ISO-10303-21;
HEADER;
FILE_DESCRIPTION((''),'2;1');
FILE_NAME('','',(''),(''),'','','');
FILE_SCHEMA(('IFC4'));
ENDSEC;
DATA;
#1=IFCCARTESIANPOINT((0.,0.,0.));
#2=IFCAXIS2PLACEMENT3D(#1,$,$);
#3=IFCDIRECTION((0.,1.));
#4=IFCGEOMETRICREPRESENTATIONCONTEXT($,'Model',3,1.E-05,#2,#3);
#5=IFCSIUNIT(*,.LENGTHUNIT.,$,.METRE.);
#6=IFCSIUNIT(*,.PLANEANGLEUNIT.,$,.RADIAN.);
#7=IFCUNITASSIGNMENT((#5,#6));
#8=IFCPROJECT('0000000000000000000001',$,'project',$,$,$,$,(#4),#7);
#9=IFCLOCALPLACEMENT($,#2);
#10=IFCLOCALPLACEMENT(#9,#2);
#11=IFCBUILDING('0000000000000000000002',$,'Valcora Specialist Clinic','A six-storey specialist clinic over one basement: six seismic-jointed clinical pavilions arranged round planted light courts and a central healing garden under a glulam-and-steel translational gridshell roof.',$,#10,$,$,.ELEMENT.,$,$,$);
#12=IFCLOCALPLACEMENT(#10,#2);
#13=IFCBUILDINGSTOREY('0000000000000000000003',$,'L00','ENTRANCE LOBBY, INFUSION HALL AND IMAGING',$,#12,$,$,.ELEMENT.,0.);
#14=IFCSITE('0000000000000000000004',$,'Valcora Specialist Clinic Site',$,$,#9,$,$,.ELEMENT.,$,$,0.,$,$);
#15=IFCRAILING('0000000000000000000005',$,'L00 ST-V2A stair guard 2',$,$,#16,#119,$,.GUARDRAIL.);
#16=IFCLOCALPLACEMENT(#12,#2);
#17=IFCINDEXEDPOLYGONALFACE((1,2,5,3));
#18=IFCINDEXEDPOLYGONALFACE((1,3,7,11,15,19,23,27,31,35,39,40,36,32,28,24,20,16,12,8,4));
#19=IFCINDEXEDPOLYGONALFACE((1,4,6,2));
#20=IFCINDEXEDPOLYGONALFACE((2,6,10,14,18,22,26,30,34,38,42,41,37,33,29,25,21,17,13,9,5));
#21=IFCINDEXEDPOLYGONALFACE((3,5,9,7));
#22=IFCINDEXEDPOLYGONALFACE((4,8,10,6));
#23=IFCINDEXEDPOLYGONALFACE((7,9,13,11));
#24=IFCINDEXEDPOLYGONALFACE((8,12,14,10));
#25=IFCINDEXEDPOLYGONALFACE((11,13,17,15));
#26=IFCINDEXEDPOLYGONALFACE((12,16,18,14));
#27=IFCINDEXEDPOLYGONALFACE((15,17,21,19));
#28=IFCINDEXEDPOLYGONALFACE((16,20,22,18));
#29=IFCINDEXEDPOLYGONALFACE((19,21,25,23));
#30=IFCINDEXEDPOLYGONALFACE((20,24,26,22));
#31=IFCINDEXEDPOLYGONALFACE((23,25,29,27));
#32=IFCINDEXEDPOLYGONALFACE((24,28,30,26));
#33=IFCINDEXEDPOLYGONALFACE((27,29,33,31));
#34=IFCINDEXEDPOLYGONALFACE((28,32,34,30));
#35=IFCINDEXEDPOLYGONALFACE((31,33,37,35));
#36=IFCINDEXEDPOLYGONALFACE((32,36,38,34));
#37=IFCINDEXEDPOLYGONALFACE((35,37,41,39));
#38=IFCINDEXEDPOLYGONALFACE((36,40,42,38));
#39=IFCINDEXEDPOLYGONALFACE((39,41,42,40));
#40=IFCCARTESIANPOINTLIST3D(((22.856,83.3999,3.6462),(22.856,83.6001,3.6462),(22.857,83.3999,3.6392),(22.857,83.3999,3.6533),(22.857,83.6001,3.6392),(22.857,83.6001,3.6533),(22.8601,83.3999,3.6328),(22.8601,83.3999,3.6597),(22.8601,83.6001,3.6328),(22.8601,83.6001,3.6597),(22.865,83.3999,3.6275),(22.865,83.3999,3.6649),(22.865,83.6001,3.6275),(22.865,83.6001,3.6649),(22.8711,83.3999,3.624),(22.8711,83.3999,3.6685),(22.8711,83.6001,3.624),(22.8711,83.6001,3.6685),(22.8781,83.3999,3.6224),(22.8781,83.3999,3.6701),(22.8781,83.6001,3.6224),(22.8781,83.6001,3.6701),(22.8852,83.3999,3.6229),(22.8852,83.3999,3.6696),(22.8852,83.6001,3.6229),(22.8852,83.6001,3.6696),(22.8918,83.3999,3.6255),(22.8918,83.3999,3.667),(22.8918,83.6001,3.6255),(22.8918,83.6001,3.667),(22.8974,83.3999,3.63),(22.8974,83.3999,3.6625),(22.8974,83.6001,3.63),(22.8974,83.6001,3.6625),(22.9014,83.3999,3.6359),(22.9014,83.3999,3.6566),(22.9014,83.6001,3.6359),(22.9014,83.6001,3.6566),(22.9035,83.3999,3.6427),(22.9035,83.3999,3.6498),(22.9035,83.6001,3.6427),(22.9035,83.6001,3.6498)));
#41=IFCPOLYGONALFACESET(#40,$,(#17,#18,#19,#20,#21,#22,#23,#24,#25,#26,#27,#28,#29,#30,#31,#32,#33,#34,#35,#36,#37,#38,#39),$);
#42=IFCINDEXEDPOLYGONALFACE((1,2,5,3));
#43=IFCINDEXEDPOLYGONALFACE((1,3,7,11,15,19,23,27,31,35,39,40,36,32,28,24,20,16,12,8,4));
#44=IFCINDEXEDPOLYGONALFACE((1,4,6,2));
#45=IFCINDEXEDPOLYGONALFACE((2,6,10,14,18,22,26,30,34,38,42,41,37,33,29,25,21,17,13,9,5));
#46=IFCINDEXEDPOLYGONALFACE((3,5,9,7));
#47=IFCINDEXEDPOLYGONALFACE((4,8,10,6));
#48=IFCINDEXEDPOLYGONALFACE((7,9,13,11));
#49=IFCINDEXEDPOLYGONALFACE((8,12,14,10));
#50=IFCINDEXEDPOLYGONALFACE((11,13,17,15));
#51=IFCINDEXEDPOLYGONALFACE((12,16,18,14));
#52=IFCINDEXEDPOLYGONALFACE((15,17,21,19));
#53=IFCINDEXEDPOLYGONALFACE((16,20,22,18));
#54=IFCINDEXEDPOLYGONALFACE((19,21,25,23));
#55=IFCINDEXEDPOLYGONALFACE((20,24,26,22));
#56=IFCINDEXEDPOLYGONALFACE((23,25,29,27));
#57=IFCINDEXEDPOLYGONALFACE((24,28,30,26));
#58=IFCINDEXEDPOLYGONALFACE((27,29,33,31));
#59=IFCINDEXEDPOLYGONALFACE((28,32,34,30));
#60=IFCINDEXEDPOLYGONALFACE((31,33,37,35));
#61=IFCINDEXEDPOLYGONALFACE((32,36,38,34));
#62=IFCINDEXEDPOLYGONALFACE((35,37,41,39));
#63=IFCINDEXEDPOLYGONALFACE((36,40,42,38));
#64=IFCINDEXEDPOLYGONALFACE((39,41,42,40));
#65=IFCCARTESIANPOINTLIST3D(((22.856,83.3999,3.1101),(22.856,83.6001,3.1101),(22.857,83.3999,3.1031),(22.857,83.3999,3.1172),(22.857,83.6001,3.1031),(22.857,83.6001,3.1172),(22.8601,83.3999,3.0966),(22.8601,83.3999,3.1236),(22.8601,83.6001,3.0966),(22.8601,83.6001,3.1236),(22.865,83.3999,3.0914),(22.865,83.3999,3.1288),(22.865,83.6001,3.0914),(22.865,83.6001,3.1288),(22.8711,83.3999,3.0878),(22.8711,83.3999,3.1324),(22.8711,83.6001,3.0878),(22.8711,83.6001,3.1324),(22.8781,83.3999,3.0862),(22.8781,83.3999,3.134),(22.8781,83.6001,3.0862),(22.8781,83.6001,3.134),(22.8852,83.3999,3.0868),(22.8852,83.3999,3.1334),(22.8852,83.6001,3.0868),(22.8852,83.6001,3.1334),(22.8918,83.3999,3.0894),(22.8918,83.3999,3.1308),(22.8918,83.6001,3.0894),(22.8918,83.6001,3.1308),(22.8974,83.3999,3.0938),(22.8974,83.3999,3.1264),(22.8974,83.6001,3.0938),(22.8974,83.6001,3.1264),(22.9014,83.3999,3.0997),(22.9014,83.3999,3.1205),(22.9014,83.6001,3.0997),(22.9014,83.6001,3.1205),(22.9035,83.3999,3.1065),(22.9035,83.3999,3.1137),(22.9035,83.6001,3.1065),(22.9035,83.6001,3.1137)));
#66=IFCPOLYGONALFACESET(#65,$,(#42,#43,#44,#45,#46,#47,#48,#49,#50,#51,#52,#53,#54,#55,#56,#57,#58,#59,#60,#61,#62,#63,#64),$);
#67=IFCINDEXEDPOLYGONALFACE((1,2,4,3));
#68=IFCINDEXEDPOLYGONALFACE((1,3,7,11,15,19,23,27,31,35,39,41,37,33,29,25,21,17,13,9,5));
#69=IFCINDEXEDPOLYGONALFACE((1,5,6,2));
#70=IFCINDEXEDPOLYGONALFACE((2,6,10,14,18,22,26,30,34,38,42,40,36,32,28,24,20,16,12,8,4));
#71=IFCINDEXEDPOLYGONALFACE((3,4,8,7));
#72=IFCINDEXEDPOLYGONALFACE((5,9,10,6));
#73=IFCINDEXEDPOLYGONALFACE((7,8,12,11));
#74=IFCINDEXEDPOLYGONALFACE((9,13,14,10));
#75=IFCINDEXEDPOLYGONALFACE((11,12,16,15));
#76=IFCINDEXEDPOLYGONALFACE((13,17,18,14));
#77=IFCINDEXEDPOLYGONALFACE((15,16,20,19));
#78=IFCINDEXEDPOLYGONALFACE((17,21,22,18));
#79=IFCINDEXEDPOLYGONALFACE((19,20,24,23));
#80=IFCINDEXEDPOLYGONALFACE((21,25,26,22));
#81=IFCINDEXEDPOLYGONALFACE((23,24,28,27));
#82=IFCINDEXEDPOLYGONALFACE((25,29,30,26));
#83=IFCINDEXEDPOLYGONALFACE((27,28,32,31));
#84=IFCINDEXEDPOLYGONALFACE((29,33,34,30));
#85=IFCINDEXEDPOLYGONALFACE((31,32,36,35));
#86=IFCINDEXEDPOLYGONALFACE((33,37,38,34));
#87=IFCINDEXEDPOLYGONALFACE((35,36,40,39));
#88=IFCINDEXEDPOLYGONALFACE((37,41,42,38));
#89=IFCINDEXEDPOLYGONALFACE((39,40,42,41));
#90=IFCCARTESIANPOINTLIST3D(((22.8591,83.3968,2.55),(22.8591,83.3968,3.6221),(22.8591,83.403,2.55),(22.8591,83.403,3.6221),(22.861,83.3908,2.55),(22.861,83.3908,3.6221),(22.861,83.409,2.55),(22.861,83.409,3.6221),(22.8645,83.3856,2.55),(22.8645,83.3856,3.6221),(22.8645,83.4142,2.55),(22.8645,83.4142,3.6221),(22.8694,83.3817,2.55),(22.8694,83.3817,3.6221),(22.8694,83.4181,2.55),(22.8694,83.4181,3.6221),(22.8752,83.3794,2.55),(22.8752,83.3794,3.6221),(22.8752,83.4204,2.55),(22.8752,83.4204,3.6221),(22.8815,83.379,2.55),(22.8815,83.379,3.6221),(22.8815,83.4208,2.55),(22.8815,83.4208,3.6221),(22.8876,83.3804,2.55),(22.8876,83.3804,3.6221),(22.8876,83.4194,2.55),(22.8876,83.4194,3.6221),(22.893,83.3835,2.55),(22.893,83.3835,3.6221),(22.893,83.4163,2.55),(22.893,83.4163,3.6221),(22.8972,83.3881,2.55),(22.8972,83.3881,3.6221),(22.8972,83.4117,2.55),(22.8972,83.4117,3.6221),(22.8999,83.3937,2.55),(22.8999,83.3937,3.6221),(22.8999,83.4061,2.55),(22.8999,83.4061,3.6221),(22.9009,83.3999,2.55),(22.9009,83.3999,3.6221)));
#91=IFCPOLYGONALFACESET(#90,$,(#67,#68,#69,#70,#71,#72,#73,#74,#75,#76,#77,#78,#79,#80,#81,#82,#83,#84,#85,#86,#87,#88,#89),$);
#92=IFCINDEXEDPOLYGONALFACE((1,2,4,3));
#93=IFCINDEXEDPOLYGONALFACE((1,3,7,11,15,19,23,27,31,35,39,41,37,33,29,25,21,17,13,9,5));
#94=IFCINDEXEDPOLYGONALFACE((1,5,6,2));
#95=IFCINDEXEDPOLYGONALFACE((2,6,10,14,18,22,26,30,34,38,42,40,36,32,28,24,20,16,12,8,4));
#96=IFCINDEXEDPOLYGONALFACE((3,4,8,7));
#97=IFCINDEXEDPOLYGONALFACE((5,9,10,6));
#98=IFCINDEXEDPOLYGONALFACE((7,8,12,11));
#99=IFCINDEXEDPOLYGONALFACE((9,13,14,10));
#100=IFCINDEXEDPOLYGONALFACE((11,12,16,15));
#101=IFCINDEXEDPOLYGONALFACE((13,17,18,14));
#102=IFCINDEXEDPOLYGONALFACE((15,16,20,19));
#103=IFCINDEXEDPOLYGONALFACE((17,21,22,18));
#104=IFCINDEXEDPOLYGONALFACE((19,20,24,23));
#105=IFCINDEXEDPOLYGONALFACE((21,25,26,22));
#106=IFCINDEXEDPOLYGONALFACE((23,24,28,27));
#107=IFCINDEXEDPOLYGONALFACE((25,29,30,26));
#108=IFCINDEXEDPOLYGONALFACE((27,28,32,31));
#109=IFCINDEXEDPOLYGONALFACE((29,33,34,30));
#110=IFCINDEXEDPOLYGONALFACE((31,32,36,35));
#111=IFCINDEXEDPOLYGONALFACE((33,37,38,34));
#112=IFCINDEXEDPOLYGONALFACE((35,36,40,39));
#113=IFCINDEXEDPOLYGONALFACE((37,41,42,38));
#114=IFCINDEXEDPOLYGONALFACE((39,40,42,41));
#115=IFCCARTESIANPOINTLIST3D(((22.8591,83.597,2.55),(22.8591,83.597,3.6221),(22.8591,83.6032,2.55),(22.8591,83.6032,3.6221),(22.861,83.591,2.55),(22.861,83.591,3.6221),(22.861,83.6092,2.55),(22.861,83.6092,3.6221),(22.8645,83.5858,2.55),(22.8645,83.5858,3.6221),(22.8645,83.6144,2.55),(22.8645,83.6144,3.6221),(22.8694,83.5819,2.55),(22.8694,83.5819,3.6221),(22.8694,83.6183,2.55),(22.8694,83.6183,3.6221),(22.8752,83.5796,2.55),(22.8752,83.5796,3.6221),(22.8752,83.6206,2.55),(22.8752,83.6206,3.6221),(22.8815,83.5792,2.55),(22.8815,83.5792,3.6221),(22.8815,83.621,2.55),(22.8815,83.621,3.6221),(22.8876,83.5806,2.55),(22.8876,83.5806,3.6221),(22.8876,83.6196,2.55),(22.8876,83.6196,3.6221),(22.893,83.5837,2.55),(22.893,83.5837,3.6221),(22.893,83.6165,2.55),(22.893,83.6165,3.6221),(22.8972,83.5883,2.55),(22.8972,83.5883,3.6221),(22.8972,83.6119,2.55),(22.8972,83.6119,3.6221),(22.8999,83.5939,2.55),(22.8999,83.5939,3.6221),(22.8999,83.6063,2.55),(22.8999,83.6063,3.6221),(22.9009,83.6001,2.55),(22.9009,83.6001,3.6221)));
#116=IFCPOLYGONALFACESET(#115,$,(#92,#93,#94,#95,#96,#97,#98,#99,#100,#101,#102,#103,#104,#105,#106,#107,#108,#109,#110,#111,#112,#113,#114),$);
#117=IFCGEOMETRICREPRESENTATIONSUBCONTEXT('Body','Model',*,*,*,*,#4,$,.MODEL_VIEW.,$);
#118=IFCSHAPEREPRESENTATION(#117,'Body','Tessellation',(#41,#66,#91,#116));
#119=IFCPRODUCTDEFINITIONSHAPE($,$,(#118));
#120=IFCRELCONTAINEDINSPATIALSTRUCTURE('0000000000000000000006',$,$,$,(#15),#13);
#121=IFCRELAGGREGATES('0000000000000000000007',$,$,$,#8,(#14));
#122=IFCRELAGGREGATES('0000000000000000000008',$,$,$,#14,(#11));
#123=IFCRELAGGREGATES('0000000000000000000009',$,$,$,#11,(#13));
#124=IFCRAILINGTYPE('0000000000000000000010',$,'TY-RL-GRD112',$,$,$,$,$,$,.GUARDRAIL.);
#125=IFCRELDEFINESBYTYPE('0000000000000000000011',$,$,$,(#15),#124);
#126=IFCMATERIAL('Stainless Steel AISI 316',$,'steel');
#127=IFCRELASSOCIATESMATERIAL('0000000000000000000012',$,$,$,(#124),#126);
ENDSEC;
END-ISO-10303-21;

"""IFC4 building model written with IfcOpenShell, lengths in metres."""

from ifc_helpers import new_model, si_unit, direction, frame, origin, origin_2d, place, context, subcontext, project, spatial, circle, extrude, material, type_object, element, save


model = new_model("IFC4")

# Units and contexts
model_context = context("Model", 3, precision=1e-05, world=origin(), true_north=direction((0.0, 1.0)))
body_context = subcontext(model_context, "Body", "Model", "MODEL_VIEW")
ifc_project = project(units=[si_unit("LENGTHUNIT", "METRE"), si_unit("PLANEANGLEUNIT", "RADIAN")], contexts=[model_context])

# Site, building, storey
site_placement = place(None, origin())
site = spatial("IfcSite", under=ifc_project, at=site_placement, Name="Valcora Specialist Clinic Site", CompositionType="ELEMENT", RefElevation=0.0)
building_placement = place(site_placement, origin())
building = spatial("IfcBuilding", under=site, at=building_placement, Name="Valcora Specialist Clinic", Description="A six-storey specialist clinic over one basement: six seismic-jointed clinical pavilions arranged round planted light courts and a central healing garden under a glulam-and-steel translational gridshell roof.", CompositionType="ELEMENT")
storey_placement = place(building_placement, origin())
storey = spatial("IfcBuildingStorey", under=building, at=storey_placement, Name="L00", Description="ENTRANCE LOBBY, INFUSION HALL AND IMAGING", CompositionType="ELEMENT", Elevation=0.0)

# Railing
ifc_material_1 = material(Name="Stainless Steel AISI 316", Category="steel")
railing_type_1 = type_object("IfcRailingType", Name="TY-RL-GRD112", PredefinedType="GUARDRAIL", material=ifc_material_1)
railing_1_placement = place(storey_placement, frame((22.8799, 83.3999, 2.55)))
element("IfcRailing", 1, at=railing_1_placement, inside=storey, type_object=railing_type_1, Name="L00 ST-V2A stair guard 2", PredefinedType="GUARDRAIL", context=body_context, shape_type="SweptSolid", body=[
    extrude(circle(Radius=0.0239, at=origin_2d()), frame((0.0, 0.0, 1.0962), z_axis=(0.0, 1.0, 0.0), x_axis=(-1.0, 0.0, 0.0)), (0.0, 0.0, 1.0), 0.2002),
    extrude(circle(Radius=0.0239, at=origin_2d()), frame((0.0, 0.0, 0.5601), z_axis=(0.0, 1.0, 0.0), x_axis=(-1.0, 0.0, 0.0)), (0.0, 0.0, 1.0), 0.2002),
    extrude(circle(Radius=0.021, at=origin_2d()), origin(), (0.0, 0.0, 1.0), 1.072),
    extrude(circle(Radius=0.021, at=origin_2d()), frame((0.0, 0.2002, 0.0)), (0.0, 0.0, 1.0), 1.072),
])

save(model, "model.ifc")
